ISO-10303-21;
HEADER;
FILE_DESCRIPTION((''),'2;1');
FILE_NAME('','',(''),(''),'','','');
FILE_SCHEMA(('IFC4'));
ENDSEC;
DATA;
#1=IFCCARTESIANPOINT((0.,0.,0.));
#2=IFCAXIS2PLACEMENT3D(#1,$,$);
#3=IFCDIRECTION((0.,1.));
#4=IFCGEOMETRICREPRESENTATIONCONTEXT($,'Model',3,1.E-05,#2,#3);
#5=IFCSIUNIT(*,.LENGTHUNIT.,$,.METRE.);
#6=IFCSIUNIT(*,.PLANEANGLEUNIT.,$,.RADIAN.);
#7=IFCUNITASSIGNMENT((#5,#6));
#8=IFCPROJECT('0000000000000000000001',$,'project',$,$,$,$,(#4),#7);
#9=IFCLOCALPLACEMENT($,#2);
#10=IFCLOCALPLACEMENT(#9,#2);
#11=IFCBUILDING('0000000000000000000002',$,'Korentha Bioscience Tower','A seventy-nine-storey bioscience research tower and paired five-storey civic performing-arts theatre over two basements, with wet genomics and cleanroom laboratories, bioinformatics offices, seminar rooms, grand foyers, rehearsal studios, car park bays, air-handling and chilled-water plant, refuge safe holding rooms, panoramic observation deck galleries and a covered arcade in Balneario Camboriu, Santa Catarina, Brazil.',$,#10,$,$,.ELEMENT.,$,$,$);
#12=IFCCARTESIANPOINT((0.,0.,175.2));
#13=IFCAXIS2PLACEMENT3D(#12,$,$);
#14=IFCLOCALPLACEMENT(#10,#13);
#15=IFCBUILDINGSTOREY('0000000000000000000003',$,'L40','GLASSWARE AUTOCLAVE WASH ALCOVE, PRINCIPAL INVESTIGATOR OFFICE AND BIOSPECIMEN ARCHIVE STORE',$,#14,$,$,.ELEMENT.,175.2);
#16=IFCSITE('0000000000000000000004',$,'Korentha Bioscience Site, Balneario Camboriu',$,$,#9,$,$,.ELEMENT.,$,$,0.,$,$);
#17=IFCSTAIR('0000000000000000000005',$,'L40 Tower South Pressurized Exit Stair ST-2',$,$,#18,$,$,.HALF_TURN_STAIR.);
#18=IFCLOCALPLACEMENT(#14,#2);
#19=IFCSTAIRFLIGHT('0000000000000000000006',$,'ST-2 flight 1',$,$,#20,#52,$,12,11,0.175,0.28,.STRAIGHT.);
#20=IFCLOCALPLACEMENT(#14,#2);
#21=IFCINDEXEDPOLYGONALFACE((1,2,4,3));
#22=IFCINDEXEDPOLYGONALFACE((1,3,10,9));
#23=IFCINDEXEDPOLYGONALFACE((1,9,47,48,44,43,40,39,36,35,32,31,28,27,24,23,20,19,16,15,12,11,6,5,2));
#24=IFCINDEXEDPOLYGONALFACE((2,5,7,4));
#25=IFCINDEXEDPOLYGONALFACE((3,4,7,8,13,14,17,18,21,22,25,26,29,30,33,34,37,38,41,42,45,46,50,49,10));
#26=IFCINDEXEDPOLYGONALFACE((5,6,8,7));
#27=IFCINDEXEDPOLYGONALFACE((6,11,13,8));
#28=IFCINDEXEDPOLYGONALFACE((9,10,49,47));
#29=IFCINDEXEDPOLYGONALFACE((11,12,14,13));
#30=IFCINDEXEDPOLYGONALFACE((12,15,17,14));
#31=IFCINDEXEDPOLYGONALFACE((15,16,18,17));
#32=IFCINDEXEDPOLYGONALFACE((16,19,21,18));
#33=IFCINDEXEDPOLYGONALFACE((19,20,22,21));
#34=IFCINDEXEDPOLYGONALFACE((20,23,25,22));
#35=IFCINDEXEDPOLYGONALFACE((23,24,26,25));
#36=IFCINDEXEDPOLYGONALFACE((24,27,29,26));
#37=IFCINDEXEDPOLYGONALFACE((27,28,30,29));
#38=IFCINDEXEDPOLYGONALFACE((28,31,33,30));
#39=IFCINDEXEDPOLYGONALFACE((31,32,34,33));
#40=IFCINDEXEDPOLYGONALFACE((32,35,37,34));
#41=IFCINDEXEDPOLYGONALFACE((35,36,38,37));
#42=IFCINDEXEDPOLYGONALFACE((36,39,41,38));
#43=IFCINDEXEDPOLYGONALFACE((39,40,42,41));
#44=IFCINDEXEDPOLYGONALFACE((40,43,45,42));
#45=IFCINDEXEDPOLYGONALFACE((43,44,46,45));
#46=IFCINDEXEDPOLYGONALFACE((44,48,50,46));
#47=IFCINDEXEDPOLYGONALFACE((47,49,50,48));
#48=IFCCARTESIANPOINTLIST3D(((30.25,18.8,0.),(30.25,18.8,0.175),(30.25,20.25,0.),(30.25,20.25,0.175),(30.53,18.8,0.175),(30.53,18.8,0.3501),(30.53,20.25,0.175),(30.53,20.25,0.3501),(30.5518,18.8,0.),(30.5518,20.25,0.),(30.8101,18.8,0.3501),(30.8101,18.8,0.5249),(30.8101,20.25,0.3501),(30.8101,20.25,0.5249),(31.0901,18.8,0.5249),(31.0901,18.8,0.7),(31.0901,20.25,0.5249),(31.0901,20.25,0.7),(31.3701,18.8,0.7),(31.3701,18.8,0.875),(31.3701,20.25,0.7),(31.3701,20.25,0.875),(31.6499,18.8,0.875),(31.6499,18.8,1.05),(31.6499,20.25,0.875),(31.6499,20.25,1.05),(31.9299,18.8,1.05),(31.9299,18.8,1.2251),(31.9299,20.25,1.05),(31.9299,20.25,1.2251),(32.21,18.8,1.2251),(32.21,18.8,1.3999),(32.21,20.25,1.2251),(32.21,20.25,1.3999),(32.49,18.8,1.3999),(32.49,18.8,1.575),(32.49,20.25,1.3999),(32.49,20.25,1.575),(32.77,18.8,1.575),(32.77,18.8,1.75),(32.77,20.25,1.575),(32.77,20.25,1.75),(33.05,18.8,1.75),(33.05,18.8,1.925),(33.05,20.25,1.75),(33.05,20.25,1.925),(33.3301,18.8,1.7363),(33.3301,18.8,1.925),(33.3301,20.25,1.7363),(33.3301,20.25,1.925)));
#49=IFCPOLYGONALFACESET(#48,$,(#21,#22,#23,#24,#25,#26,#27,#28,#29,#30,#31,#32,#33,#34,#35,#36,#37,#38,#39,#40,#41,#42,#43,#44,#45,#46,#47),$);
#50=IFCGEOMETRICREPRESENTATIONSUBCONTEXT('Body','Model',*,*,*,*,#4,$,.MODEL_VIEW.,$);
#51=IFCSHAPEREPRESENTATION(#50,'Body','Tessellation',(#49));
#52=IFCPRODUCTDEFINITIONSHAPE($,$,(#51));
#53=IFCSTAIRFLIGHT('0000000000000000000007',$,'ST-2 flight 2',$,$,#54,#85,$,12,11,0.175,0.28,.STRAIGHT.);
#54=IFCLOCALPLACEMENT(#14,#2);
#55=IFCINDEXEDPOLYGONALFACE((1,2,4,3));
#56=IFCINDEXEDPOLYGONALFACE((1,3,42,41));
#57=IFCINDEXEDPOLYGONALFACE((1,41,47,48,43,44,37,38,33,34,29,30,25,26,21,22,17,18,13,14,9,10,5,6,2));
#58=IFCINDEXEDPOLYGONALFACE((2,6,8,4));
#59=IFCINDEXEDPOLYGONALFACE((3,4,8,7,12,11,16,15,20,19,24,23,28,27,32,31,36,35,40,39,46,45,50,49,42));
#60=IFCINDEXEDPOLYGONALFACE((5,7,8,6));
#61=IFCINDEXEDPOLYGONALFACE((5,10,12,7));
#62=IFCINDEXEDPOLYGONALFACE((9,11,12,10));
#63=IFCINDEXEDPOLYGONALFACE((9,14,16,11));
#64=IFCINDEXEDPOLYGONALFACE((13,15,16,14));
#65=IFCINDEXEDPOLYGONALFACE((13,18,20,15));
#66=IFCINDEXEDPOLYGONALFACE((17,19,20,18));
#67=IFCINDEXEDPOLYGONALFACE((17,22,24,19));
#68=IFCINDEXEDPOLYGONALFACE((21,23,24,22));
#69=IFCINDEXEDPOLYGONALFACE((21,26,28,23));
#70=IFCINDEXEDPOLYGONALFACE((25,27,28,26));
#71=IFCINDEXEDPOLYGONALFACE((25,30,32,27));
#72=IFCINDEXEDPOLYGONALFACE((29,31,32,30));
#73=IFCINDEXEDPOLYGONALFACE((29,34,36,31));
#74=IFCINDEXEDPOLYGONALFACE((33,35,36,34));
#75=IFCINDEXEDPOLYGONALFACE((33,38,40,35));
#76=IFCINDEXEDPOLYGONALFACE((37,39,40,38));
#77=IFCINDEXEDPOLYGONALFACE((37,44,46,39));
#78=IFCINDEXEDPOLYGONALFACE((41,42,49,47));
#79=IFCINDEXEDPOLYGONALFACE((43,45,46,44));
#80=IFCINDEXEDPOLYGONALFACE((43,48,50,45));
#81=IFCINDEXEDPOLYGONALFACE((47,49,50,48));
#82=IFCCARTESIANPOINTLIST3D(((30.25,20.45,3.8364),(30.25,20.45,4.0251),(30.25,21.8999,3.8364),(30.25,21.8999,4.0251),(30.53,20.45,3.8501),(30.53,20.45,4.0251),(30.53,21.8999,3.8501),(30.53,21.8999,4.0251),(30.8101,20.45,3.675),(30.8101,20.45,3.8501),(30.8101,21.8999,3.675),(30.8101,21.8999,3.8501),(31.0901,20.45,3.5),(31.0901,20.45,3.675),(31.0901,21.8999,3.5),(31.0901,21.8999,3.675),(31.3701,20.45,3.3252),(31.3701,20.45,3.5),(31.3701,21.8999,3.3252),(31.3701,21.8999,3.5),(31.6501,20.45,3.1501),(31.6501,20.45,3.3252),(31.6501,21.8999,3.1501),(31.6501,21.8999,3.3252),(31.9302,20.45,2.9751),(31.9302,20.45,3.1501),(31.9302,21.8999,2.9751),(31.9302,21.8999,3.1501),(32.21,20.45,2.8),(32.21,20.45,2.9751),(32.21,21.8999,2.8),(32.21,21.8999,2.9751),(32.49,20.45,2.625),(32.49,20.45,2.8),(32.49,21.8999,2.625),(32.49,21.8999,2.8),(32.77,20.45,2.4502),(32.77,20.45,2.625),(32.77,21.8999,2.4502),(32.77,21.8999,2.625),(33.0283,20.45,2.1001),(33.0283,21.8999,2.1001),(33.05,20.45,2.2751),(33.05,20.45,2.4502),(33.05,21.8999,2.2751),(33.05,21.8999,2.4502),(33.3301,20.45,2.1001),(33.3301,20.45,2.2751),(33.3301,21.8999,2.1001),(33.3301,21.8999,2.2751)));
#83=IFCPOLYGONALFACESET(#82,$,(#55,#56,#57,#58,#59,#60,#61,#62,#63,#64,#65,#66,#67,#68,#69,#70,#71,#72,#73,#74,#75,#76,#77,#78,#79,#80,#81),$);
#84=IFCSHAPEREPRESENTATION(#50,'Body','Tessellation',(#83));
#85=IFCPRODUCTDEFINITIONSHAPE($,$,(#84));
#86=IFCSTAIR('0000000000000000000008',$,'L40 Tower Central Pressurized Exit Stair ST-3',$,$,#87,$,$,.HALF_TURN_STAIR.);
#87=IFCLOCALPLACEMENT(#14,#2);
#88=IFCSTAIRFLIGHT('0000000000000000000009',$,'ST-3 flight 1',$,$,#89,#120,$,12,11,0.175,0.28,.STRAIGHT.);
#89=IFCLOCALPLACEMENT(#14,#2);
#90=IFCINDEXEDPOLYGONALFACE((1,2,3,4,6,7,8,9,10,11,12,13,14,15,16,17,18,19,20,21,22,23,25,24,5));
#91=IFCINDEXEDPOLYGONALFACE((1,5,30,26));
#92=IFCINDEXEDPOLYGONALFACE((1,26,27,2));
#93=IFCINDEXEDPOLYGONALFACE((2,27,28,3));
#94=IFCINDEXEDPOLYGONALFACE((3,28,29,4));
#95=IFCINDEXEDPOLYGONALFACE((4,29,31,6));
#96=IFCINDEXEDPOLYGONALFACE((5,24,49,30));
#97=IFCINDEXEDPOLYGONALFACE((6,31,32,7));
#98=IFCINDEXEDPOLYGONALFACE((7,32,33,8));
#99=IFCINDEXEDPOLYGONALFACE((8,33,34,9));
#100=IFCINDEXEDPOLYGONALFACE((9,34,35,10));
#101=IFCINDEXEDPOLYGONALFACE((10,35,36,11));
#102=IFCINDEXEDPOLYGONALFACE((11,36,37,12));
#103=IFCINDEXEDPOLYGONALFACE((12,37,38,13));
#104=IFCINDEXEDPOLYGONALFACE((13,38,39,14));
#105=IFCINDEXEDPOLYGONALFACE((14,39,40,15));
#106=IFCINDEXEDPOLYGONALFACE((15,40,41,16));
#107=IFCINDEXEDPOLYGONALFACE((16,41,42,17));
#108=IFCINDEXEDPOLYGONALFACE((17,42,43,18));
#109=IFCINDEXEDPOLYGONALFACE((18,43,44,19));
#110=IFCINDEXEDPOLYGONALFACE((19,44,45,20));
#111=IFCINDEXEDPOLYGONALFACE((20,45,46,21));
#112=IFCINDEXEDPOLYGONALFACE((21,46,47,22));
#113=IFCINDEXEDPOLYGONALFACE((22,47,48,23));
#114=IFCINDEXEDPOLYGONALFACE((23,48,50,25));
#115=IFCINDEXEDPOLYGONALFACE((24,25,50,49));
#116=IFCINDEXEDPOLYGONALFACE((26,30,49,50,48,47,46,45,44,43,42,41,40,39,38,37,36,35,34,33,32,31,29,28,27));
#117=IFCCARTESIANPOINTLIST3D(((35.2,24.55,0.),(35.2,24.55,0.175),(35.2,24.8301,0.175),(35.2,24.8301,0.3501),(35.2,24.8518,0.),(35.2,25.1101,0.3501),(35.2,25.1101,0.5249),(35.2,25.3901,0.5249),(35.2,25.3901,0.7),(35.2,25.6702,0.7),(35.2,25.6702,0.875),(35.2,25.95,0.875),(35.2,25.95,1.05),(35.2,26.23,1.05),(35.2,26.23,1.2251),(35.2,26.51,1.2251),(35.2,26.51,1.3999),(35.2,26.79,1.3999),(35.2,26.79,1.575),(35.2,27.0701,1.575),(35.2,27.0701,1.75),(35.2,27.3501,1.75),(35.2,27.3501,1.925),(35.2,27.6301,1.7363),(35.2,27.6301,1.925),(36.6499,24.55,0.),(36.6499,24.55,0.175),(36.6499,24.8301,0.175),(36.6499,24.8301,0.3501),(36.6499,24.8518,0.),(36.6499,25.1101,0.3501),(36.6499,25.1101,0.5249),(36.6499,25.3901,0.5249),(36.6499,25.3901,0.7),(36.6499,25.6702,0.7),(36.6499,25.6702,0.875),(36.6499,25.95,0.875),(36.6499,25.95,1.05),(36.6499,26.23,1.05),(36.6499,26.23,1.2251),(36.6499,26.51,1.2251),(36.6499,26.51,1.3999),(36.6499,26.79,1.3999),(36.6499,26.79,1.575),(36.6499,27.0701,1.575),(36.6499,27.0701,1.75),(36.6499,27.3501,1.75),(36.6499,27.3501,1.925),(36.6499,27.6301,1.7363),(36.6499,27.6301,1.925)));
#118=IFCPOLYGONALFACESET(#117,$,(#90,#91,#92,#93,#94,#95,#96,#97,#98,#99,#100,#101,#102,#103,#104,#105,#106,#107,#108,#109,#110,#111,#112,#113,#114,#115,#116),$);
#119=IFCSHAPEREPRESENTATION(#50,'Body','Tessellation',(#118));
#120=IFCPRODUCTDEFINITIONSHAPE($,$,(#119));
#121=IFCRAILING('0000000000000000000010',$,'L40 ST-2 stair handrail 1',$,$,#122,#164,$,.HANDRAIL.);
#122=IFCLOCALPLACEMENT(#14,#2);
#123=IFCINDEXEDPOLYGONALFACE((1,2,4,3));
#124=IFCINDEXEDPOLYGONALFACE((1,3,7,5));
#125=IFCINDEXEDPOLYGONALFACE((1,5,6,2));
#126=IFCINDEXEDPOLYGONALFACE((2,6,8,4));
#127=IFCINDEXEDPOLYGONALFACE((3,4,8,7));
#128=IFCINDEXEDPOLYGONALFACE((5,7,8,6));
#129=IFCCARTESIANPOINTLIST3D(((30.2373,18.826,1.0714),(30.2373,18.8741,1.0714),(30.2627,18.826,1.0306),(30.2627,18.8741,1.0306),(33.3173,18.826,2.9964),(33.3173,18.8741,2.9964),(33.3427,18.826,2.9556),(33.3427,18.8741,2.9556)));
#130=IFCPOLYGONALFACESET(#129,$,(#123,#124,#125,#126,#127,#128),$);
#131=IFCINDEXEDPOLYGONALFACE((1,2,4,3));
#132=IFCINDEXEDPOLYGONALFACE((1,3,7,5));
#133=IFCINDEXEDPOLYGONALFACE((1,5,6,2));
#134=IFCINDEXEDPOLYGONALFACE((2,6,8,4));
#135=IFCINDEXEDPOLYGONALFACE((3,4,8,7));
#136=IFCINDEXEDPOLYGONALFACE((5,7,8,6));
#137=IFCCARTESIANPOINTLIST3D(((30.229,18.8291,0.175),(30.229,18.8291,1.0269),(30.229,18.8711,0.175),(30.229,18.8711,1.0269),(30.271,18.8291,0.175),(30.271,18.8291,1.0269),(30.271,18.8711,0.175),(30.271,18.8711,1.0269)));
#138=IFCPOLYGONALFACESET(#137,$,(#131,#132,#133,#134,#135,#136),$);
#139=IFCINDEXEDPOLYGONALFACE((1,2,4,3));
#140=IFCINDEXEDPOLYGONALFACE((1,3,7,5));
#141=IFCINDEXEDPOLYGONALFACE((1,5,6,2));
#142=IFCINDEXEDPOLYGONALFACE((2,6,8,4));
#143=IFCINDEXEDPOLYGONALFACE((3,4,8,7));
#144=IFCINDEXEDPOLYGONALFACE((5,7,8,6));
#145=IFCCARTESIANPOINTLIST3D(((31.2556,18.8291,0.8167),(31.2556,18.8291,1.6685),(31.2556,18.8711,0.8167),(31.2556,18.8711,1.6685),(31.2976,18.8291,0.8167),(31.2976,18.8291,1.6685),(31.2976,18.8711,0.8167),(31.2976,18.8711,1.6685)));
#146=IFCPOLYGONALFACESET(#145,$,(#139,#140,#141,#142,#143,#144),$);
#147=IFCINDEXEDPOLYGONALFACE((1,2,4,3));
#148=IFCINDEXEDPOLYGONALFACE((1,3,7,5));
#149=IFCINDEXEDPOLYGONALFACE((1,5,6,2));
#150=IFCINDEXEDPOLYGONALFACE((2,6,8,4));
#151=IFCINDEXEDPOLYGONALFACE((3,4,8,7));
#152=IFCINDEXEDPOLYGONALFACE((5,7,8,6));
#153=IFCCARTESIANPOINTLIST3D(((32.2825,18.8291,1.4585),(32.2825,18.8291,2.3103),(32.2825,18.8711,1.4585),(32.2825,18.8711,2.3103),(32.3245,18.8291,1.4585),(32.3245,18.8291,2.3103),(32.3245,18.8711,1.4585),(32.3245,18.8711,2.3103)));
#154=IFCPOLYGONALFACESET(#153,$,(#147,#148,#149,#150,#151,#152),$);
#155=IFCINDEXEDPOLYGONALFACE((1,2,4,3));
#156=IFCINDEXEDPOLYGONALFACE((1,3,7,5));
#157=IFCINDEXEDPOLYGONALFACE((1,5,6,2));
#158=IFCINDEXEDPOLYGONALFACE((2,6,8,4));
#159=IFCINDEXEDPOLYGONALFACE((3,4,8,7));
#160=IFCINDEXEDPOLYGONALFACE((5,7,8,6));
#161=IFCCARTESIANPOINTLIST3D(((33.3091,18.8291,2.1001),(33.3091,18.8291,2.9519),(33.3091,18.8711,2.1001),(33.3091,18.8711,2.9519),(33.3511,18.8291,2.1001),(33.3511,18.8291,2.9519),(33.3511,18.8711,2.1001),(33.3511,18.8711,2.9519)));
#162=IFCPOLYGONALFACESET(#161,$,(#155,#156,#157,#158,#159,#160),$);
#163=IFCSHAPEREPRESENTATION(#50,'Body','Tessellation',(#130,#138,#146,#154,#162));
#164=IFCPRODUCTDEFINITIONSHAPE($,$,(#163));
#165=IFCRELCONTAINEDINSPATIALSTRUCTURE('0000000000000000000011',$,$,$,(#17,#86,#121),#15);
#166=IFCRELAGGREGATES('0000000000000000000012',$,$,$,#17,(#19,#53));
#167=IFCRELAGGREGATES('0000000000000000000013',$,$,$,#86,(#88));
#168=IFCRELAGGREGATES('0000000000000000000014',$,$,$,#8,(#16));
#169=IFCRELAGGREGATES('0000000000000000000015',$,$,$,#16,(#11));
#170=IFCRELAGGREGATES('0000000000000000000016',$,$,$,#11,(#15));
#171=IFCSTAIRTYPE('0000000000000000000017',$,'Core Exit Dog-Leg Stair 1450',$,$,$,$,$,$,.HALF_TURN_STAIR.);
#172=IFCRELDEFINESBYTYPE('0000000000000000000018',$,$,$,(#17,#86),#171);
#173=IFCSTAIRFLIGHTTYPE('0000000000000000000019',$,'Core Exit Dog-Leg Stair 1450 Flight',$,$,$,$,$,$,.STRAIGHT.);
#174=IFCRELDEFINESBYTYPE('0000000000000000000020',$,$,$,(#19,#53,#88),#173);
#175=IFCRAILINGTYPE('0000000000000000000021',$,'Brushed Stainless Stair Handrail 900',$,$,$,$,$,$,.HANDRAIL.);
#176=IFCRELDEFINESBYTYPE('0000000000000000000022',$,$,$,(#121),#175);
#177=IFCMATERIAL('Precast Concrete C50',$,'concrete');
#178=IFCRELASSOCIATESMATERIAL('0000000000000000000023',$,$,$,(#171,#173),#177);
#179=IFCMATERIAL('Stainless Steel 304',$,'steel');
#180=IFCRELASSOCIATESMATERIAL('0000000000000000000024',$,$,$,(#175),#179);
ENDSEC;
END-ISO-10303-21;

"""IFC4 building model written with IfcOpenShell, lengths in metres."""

from ifc_helpers import new_model, si_unit, direction, frame, origin, origin_2d, place, context, subcontext, project, spatial, polyline, rectangle, outline, extrude, material, type_object, element, aggregate, save


model = new_model("IFC4")

# Units and contexts
model_context = context("Model", 3, precision=1e-05, world=origin(), true_north=direction((0.0, 1.0)))
body_context = subcontext(model_context, "Body", "Model", "MODEL_VIEW")
ifc_project = project(units=[si_unit("LENGTHUNIT", "METRE"), si_unit("PLANEANGLEUNIT", "RADIAN")], contexts=[model_context])

# Site, building, storey
site_placement = place(None, origin())
site = spatial("IfcSite", under=ifc_project, at=site_placement, Name="Korentha Bioscience Site, Balneario Camboriu", CompositionType="ELEMENT", RefElevation=0.0)
building_placement = place(site_placement, origin())
building = spatial("IfcBuilding", under=site, at=building_placement, Name="Korentha Bioscience Tower", Description="A seventy-nine-storey bioscience research tower and paired five-storey civic performing-arts theatre over two basements, with wet genomics and cleanroom laboratories, bioinformatics offices, seminar rooms, grand foyers, rehearsal studios, car park bays, air-handling and chilled-water plant, refuge safe holding rooms, panoramic observation deck galleries and a covered arcade in Balneario Camboriu, Santa Catarina, Brazil.", CompositionType="ELEMENT")
storey_placement = place(building_placement, frame((0.0, 0.0, 175.2)))
storey = spatial("IfcBuildingStorey", under=building, at=storey_placement, Name="L40", Description="GLASSWARE AUTOCLAVE WASH ALCOVE, PRINCIPAL INVESTIGATOR OFFICE AND BIOSPECIMEN ARCHIVE STORE", CompositionType="ELEMENT", Elevation=175.2)

# Stair, stair flights
ifc_material_1 = material(Name="Precast Concrete C50", Category="concrete")
stair_type = type_object("IfcStairType", Name="Core Exit Dog-Leg Stair 1450", PredefinedType="HALF_TURN_STAIR", material=ifc_material_1)
stair_1_placement = place(storey_placement, origin())
stair_1 = element("IfcStair", 1, at=stair_1_placement, inside=storey, type_object=stair_type, Name="L40 Tower South Pressurized Exit Stair ST-2", PredefinedType="HALF_TURN_STAIR")
stair_flight_type = type_object("IfcStairFlightType", Name="Core Exit Dog-Leg Stair 1450 Flight", PredefinedType="STRAIGHT", material=ifc_material_1)
stair_flight_1_placement = place(storey_placement, frame((30.25, 19.5249, 0.0), z_axis=(0.0, 0.0, 1.0), x_axis=(1.0, 0.0, 0.0)))
stair_flight_1 = element("IfcStairFlight", 2, at=stair_flight_1_placement, type_object=stair_flight_type, Name="ST-2 flight 1", NumberOfRisers=12, NumberOfTreads=11, PredefinedType="STRAIGHT", RiserHeight=0.175, TreadLength=0.28, context=body_context, shape_type="SweptSolid", body=[
    extrude(outline(polyline([(0.0, 0.0), (0.0, 0.175), (0.28, 0.175), (0.28, 0.3501), (0.5601, 0.3501), (0.5601, 0.5249), (0.8401, 0.5249), (0.8401, 0.7), (1.1201, 0.7), (1.1201, 0.875), (1.3999, 0.875), (1.3999, 1.05), (1.6799, 1.05), (1.6799, 1.2251), (1.96, 1.2251), (1.96, 1.3999), (2.24, 1.3999), (2.24, 1.575), (2.52, 1.575), (2.52, 1.75), (2.8, 1.75), (2.8, 1.925), (3.0801, 1.925), (3.0801, 2.1001), (3.0801, 1.7363), (0.3018, 0.0), (0.0, 0.0)])), frame((0.0, 0.7251, 0.0), z_axis=(0.0, -1.0, 0.0), x_axis=(1.0, 0.0, 0.0)), (0.0, 0.0, 1.0), 1.45),
])
stair_flight_2_placement = place(storey_placement, frame((33.3301, 21.175, 2.1001), z_axis=(0.0, 0.0, 1.0), x_axis=(-1.0, 0.0, 0.0)))
stair_flight_2 = element("IfcStairFlight", 3, at=stair_flight_2_placement, type_object=stair_flight_type, Name="ST-2 flight 2", NumberOfRisers=12, NumberOfTreads=11, PredefinedType="STRAIGHT", RiserHeight=0.175, TreadLength=0.28, context=body_context, shape_type="SweptSolid", body=[
    extrude(outline(polyline([(0.0, 0.0), (0.0, 0.175), (0.28, 0.175), (0.28, 0.3501), (0.5601, 0.3501), (0.5601, 0.5249), (0.8401, 0.5249), (0.8401, 0.7), (1.1201, 0.7), (1.1201, 0.875), (1.3999, 0.875), (1.3999, 1.05), (1.6799, 1.05), (1.6799, 1.2251), (1.96, 1.2251), (1.96, 1.3999), (2.24, 1.3999), (2.24, 1.575), (2.52, 1.575), (2.52, 1.75), (2.8, 1.75), (2.8, 1.925), (3.0801, 1.925), (3.0801, 2.1001), (3.0801, 1.7363), (0.3018, 0.0), (0.0, 0.0)])), frame((0.0, 0.7251, 0.0), z_axis=(0.0, -1.0, 0.0), x_axis=(1.0, 0.0, 0.0)), (0.0, 0.0, 1.0), 1.45),
])
aggregate(stair_1, [stair_flight_1, stair_flight_2])

# Stair, stair flight
stair_2_placement = place(storey_placement, origin())
stair_2 = element("IfcStair", 4, at=stair_2_placement, inside=storey, type_object=stair_type, Name="L40 Tower Central Pressurized Exit Stair ST-3", PredefinedType="HALF_TURN_STAIR")
stair_flight_3_placement = place(storey_placement, frame((35.925, 24.55, 0.0), z_axis=(0.0, 0.0, 1.0), x_axis=(0.0, 1.0, 0.0)))
stair_flight_3 = element("IfcStairFlight", 5, at=stair_flight_3_placement, type_object=stair_flight_type, Name="ST-3 flight 1", NumberOfRisers=12, NumberOfTreads=11, PredefinedType="STRAIGHT", RiserHeight=0.175, TreadLength=0.28, context=body_context, shape_type="SweptSolid", body=[
    extrude(outline(polyline([(0.0, 0.0), (0.0, 0.175), (0.28, 0.175), (0.28, 0.3501), (0.5601, 0.3501), (0.5601, 0.5249), (0.8401, 0.5249), (0.8401, 0.7), (1.1201, 0.7), (1.1201, 0.875), (1.3999, 0.875), (1.3999, 1.05), (1.6799, 1.05), (1.6799, 1.2251), (1.96, 1.2251), (1.96, 1.3999), (2.24, 1.3999), (2.24, 1.575), (2.52, 1.575), (2.52, 1.75), (2.8, 1.75), (2.8, 1.925), (3.0801, 1.925), (3.0801, 2.1001), (3.0801, 1.7363), (0.3018, 0.0), (0.0, 0.0)])), frame((0.0, 0.7251, 0.0), z_axis=(0.0, -1.0, 0.0), x_axis=(1.0, 0.0, 0.0)), (0.0, 0.0, 1.0), 1.45),
])
aggregate(stair_2, [stair_flight_3])

# Railing
ifc_material_2 = material(Name="Stainless Steel 304", Category="steel")
railing_type_1 = type_object("IfcRailingType", Name="Brushed Stainless Stair Handrail 900", PredefinedType="HANDRAIL", material=ifc_material_2)
railing_1_placement = place(storey_placement, frame((30.25, 18.8501, 0.175)))
element("IfcRailing", 6, at=railing_1_placement, inside=storey, type_object=railing_type_1, Name="L40 ST-2 stair handrail 1", PredefinedType="HANDRAIL", context=body_context, shape_type="SweptSolid", body=[
    extrude(rectangle(XDim=0.0481, YDim=0.0481, at=origin_2d()), frame((0.0, 0.0, 0.876), z_axis=(0.847998, 0.0, 0.529999), x_axis=(0.0, 1.0, 0.0)), (0.0, 0.0, 1.0), 3.6321),
    extrude(rectangle(XDim=0.042, YDim=0.042, at=origin_2d()), origin(), (0.0, 0.0, 1.0), 0.8518),
    extrude(rectangle(XDim=0.042, YDim=0.042, at=origin_2d()), frame((1.0266, 0.0, 0.6416)), (0.0, 0.0, 1.0), 0.8518),
    extrude(rectangle(XDim=0.042, YDim=0.042, at=origin_2d()), frame((2.0535, 0.0, 1.2834)), (0.0, 0.0, 1.0), 0.8518),
    extrude(rectangle(XDim=0.042, YDim=0.042, at=origin_2d()), frame((3.0801, 0.0, 1.925)), (0.0, 0.0, 1.0), 0.8518),
])

save(model, "model.ifc")
